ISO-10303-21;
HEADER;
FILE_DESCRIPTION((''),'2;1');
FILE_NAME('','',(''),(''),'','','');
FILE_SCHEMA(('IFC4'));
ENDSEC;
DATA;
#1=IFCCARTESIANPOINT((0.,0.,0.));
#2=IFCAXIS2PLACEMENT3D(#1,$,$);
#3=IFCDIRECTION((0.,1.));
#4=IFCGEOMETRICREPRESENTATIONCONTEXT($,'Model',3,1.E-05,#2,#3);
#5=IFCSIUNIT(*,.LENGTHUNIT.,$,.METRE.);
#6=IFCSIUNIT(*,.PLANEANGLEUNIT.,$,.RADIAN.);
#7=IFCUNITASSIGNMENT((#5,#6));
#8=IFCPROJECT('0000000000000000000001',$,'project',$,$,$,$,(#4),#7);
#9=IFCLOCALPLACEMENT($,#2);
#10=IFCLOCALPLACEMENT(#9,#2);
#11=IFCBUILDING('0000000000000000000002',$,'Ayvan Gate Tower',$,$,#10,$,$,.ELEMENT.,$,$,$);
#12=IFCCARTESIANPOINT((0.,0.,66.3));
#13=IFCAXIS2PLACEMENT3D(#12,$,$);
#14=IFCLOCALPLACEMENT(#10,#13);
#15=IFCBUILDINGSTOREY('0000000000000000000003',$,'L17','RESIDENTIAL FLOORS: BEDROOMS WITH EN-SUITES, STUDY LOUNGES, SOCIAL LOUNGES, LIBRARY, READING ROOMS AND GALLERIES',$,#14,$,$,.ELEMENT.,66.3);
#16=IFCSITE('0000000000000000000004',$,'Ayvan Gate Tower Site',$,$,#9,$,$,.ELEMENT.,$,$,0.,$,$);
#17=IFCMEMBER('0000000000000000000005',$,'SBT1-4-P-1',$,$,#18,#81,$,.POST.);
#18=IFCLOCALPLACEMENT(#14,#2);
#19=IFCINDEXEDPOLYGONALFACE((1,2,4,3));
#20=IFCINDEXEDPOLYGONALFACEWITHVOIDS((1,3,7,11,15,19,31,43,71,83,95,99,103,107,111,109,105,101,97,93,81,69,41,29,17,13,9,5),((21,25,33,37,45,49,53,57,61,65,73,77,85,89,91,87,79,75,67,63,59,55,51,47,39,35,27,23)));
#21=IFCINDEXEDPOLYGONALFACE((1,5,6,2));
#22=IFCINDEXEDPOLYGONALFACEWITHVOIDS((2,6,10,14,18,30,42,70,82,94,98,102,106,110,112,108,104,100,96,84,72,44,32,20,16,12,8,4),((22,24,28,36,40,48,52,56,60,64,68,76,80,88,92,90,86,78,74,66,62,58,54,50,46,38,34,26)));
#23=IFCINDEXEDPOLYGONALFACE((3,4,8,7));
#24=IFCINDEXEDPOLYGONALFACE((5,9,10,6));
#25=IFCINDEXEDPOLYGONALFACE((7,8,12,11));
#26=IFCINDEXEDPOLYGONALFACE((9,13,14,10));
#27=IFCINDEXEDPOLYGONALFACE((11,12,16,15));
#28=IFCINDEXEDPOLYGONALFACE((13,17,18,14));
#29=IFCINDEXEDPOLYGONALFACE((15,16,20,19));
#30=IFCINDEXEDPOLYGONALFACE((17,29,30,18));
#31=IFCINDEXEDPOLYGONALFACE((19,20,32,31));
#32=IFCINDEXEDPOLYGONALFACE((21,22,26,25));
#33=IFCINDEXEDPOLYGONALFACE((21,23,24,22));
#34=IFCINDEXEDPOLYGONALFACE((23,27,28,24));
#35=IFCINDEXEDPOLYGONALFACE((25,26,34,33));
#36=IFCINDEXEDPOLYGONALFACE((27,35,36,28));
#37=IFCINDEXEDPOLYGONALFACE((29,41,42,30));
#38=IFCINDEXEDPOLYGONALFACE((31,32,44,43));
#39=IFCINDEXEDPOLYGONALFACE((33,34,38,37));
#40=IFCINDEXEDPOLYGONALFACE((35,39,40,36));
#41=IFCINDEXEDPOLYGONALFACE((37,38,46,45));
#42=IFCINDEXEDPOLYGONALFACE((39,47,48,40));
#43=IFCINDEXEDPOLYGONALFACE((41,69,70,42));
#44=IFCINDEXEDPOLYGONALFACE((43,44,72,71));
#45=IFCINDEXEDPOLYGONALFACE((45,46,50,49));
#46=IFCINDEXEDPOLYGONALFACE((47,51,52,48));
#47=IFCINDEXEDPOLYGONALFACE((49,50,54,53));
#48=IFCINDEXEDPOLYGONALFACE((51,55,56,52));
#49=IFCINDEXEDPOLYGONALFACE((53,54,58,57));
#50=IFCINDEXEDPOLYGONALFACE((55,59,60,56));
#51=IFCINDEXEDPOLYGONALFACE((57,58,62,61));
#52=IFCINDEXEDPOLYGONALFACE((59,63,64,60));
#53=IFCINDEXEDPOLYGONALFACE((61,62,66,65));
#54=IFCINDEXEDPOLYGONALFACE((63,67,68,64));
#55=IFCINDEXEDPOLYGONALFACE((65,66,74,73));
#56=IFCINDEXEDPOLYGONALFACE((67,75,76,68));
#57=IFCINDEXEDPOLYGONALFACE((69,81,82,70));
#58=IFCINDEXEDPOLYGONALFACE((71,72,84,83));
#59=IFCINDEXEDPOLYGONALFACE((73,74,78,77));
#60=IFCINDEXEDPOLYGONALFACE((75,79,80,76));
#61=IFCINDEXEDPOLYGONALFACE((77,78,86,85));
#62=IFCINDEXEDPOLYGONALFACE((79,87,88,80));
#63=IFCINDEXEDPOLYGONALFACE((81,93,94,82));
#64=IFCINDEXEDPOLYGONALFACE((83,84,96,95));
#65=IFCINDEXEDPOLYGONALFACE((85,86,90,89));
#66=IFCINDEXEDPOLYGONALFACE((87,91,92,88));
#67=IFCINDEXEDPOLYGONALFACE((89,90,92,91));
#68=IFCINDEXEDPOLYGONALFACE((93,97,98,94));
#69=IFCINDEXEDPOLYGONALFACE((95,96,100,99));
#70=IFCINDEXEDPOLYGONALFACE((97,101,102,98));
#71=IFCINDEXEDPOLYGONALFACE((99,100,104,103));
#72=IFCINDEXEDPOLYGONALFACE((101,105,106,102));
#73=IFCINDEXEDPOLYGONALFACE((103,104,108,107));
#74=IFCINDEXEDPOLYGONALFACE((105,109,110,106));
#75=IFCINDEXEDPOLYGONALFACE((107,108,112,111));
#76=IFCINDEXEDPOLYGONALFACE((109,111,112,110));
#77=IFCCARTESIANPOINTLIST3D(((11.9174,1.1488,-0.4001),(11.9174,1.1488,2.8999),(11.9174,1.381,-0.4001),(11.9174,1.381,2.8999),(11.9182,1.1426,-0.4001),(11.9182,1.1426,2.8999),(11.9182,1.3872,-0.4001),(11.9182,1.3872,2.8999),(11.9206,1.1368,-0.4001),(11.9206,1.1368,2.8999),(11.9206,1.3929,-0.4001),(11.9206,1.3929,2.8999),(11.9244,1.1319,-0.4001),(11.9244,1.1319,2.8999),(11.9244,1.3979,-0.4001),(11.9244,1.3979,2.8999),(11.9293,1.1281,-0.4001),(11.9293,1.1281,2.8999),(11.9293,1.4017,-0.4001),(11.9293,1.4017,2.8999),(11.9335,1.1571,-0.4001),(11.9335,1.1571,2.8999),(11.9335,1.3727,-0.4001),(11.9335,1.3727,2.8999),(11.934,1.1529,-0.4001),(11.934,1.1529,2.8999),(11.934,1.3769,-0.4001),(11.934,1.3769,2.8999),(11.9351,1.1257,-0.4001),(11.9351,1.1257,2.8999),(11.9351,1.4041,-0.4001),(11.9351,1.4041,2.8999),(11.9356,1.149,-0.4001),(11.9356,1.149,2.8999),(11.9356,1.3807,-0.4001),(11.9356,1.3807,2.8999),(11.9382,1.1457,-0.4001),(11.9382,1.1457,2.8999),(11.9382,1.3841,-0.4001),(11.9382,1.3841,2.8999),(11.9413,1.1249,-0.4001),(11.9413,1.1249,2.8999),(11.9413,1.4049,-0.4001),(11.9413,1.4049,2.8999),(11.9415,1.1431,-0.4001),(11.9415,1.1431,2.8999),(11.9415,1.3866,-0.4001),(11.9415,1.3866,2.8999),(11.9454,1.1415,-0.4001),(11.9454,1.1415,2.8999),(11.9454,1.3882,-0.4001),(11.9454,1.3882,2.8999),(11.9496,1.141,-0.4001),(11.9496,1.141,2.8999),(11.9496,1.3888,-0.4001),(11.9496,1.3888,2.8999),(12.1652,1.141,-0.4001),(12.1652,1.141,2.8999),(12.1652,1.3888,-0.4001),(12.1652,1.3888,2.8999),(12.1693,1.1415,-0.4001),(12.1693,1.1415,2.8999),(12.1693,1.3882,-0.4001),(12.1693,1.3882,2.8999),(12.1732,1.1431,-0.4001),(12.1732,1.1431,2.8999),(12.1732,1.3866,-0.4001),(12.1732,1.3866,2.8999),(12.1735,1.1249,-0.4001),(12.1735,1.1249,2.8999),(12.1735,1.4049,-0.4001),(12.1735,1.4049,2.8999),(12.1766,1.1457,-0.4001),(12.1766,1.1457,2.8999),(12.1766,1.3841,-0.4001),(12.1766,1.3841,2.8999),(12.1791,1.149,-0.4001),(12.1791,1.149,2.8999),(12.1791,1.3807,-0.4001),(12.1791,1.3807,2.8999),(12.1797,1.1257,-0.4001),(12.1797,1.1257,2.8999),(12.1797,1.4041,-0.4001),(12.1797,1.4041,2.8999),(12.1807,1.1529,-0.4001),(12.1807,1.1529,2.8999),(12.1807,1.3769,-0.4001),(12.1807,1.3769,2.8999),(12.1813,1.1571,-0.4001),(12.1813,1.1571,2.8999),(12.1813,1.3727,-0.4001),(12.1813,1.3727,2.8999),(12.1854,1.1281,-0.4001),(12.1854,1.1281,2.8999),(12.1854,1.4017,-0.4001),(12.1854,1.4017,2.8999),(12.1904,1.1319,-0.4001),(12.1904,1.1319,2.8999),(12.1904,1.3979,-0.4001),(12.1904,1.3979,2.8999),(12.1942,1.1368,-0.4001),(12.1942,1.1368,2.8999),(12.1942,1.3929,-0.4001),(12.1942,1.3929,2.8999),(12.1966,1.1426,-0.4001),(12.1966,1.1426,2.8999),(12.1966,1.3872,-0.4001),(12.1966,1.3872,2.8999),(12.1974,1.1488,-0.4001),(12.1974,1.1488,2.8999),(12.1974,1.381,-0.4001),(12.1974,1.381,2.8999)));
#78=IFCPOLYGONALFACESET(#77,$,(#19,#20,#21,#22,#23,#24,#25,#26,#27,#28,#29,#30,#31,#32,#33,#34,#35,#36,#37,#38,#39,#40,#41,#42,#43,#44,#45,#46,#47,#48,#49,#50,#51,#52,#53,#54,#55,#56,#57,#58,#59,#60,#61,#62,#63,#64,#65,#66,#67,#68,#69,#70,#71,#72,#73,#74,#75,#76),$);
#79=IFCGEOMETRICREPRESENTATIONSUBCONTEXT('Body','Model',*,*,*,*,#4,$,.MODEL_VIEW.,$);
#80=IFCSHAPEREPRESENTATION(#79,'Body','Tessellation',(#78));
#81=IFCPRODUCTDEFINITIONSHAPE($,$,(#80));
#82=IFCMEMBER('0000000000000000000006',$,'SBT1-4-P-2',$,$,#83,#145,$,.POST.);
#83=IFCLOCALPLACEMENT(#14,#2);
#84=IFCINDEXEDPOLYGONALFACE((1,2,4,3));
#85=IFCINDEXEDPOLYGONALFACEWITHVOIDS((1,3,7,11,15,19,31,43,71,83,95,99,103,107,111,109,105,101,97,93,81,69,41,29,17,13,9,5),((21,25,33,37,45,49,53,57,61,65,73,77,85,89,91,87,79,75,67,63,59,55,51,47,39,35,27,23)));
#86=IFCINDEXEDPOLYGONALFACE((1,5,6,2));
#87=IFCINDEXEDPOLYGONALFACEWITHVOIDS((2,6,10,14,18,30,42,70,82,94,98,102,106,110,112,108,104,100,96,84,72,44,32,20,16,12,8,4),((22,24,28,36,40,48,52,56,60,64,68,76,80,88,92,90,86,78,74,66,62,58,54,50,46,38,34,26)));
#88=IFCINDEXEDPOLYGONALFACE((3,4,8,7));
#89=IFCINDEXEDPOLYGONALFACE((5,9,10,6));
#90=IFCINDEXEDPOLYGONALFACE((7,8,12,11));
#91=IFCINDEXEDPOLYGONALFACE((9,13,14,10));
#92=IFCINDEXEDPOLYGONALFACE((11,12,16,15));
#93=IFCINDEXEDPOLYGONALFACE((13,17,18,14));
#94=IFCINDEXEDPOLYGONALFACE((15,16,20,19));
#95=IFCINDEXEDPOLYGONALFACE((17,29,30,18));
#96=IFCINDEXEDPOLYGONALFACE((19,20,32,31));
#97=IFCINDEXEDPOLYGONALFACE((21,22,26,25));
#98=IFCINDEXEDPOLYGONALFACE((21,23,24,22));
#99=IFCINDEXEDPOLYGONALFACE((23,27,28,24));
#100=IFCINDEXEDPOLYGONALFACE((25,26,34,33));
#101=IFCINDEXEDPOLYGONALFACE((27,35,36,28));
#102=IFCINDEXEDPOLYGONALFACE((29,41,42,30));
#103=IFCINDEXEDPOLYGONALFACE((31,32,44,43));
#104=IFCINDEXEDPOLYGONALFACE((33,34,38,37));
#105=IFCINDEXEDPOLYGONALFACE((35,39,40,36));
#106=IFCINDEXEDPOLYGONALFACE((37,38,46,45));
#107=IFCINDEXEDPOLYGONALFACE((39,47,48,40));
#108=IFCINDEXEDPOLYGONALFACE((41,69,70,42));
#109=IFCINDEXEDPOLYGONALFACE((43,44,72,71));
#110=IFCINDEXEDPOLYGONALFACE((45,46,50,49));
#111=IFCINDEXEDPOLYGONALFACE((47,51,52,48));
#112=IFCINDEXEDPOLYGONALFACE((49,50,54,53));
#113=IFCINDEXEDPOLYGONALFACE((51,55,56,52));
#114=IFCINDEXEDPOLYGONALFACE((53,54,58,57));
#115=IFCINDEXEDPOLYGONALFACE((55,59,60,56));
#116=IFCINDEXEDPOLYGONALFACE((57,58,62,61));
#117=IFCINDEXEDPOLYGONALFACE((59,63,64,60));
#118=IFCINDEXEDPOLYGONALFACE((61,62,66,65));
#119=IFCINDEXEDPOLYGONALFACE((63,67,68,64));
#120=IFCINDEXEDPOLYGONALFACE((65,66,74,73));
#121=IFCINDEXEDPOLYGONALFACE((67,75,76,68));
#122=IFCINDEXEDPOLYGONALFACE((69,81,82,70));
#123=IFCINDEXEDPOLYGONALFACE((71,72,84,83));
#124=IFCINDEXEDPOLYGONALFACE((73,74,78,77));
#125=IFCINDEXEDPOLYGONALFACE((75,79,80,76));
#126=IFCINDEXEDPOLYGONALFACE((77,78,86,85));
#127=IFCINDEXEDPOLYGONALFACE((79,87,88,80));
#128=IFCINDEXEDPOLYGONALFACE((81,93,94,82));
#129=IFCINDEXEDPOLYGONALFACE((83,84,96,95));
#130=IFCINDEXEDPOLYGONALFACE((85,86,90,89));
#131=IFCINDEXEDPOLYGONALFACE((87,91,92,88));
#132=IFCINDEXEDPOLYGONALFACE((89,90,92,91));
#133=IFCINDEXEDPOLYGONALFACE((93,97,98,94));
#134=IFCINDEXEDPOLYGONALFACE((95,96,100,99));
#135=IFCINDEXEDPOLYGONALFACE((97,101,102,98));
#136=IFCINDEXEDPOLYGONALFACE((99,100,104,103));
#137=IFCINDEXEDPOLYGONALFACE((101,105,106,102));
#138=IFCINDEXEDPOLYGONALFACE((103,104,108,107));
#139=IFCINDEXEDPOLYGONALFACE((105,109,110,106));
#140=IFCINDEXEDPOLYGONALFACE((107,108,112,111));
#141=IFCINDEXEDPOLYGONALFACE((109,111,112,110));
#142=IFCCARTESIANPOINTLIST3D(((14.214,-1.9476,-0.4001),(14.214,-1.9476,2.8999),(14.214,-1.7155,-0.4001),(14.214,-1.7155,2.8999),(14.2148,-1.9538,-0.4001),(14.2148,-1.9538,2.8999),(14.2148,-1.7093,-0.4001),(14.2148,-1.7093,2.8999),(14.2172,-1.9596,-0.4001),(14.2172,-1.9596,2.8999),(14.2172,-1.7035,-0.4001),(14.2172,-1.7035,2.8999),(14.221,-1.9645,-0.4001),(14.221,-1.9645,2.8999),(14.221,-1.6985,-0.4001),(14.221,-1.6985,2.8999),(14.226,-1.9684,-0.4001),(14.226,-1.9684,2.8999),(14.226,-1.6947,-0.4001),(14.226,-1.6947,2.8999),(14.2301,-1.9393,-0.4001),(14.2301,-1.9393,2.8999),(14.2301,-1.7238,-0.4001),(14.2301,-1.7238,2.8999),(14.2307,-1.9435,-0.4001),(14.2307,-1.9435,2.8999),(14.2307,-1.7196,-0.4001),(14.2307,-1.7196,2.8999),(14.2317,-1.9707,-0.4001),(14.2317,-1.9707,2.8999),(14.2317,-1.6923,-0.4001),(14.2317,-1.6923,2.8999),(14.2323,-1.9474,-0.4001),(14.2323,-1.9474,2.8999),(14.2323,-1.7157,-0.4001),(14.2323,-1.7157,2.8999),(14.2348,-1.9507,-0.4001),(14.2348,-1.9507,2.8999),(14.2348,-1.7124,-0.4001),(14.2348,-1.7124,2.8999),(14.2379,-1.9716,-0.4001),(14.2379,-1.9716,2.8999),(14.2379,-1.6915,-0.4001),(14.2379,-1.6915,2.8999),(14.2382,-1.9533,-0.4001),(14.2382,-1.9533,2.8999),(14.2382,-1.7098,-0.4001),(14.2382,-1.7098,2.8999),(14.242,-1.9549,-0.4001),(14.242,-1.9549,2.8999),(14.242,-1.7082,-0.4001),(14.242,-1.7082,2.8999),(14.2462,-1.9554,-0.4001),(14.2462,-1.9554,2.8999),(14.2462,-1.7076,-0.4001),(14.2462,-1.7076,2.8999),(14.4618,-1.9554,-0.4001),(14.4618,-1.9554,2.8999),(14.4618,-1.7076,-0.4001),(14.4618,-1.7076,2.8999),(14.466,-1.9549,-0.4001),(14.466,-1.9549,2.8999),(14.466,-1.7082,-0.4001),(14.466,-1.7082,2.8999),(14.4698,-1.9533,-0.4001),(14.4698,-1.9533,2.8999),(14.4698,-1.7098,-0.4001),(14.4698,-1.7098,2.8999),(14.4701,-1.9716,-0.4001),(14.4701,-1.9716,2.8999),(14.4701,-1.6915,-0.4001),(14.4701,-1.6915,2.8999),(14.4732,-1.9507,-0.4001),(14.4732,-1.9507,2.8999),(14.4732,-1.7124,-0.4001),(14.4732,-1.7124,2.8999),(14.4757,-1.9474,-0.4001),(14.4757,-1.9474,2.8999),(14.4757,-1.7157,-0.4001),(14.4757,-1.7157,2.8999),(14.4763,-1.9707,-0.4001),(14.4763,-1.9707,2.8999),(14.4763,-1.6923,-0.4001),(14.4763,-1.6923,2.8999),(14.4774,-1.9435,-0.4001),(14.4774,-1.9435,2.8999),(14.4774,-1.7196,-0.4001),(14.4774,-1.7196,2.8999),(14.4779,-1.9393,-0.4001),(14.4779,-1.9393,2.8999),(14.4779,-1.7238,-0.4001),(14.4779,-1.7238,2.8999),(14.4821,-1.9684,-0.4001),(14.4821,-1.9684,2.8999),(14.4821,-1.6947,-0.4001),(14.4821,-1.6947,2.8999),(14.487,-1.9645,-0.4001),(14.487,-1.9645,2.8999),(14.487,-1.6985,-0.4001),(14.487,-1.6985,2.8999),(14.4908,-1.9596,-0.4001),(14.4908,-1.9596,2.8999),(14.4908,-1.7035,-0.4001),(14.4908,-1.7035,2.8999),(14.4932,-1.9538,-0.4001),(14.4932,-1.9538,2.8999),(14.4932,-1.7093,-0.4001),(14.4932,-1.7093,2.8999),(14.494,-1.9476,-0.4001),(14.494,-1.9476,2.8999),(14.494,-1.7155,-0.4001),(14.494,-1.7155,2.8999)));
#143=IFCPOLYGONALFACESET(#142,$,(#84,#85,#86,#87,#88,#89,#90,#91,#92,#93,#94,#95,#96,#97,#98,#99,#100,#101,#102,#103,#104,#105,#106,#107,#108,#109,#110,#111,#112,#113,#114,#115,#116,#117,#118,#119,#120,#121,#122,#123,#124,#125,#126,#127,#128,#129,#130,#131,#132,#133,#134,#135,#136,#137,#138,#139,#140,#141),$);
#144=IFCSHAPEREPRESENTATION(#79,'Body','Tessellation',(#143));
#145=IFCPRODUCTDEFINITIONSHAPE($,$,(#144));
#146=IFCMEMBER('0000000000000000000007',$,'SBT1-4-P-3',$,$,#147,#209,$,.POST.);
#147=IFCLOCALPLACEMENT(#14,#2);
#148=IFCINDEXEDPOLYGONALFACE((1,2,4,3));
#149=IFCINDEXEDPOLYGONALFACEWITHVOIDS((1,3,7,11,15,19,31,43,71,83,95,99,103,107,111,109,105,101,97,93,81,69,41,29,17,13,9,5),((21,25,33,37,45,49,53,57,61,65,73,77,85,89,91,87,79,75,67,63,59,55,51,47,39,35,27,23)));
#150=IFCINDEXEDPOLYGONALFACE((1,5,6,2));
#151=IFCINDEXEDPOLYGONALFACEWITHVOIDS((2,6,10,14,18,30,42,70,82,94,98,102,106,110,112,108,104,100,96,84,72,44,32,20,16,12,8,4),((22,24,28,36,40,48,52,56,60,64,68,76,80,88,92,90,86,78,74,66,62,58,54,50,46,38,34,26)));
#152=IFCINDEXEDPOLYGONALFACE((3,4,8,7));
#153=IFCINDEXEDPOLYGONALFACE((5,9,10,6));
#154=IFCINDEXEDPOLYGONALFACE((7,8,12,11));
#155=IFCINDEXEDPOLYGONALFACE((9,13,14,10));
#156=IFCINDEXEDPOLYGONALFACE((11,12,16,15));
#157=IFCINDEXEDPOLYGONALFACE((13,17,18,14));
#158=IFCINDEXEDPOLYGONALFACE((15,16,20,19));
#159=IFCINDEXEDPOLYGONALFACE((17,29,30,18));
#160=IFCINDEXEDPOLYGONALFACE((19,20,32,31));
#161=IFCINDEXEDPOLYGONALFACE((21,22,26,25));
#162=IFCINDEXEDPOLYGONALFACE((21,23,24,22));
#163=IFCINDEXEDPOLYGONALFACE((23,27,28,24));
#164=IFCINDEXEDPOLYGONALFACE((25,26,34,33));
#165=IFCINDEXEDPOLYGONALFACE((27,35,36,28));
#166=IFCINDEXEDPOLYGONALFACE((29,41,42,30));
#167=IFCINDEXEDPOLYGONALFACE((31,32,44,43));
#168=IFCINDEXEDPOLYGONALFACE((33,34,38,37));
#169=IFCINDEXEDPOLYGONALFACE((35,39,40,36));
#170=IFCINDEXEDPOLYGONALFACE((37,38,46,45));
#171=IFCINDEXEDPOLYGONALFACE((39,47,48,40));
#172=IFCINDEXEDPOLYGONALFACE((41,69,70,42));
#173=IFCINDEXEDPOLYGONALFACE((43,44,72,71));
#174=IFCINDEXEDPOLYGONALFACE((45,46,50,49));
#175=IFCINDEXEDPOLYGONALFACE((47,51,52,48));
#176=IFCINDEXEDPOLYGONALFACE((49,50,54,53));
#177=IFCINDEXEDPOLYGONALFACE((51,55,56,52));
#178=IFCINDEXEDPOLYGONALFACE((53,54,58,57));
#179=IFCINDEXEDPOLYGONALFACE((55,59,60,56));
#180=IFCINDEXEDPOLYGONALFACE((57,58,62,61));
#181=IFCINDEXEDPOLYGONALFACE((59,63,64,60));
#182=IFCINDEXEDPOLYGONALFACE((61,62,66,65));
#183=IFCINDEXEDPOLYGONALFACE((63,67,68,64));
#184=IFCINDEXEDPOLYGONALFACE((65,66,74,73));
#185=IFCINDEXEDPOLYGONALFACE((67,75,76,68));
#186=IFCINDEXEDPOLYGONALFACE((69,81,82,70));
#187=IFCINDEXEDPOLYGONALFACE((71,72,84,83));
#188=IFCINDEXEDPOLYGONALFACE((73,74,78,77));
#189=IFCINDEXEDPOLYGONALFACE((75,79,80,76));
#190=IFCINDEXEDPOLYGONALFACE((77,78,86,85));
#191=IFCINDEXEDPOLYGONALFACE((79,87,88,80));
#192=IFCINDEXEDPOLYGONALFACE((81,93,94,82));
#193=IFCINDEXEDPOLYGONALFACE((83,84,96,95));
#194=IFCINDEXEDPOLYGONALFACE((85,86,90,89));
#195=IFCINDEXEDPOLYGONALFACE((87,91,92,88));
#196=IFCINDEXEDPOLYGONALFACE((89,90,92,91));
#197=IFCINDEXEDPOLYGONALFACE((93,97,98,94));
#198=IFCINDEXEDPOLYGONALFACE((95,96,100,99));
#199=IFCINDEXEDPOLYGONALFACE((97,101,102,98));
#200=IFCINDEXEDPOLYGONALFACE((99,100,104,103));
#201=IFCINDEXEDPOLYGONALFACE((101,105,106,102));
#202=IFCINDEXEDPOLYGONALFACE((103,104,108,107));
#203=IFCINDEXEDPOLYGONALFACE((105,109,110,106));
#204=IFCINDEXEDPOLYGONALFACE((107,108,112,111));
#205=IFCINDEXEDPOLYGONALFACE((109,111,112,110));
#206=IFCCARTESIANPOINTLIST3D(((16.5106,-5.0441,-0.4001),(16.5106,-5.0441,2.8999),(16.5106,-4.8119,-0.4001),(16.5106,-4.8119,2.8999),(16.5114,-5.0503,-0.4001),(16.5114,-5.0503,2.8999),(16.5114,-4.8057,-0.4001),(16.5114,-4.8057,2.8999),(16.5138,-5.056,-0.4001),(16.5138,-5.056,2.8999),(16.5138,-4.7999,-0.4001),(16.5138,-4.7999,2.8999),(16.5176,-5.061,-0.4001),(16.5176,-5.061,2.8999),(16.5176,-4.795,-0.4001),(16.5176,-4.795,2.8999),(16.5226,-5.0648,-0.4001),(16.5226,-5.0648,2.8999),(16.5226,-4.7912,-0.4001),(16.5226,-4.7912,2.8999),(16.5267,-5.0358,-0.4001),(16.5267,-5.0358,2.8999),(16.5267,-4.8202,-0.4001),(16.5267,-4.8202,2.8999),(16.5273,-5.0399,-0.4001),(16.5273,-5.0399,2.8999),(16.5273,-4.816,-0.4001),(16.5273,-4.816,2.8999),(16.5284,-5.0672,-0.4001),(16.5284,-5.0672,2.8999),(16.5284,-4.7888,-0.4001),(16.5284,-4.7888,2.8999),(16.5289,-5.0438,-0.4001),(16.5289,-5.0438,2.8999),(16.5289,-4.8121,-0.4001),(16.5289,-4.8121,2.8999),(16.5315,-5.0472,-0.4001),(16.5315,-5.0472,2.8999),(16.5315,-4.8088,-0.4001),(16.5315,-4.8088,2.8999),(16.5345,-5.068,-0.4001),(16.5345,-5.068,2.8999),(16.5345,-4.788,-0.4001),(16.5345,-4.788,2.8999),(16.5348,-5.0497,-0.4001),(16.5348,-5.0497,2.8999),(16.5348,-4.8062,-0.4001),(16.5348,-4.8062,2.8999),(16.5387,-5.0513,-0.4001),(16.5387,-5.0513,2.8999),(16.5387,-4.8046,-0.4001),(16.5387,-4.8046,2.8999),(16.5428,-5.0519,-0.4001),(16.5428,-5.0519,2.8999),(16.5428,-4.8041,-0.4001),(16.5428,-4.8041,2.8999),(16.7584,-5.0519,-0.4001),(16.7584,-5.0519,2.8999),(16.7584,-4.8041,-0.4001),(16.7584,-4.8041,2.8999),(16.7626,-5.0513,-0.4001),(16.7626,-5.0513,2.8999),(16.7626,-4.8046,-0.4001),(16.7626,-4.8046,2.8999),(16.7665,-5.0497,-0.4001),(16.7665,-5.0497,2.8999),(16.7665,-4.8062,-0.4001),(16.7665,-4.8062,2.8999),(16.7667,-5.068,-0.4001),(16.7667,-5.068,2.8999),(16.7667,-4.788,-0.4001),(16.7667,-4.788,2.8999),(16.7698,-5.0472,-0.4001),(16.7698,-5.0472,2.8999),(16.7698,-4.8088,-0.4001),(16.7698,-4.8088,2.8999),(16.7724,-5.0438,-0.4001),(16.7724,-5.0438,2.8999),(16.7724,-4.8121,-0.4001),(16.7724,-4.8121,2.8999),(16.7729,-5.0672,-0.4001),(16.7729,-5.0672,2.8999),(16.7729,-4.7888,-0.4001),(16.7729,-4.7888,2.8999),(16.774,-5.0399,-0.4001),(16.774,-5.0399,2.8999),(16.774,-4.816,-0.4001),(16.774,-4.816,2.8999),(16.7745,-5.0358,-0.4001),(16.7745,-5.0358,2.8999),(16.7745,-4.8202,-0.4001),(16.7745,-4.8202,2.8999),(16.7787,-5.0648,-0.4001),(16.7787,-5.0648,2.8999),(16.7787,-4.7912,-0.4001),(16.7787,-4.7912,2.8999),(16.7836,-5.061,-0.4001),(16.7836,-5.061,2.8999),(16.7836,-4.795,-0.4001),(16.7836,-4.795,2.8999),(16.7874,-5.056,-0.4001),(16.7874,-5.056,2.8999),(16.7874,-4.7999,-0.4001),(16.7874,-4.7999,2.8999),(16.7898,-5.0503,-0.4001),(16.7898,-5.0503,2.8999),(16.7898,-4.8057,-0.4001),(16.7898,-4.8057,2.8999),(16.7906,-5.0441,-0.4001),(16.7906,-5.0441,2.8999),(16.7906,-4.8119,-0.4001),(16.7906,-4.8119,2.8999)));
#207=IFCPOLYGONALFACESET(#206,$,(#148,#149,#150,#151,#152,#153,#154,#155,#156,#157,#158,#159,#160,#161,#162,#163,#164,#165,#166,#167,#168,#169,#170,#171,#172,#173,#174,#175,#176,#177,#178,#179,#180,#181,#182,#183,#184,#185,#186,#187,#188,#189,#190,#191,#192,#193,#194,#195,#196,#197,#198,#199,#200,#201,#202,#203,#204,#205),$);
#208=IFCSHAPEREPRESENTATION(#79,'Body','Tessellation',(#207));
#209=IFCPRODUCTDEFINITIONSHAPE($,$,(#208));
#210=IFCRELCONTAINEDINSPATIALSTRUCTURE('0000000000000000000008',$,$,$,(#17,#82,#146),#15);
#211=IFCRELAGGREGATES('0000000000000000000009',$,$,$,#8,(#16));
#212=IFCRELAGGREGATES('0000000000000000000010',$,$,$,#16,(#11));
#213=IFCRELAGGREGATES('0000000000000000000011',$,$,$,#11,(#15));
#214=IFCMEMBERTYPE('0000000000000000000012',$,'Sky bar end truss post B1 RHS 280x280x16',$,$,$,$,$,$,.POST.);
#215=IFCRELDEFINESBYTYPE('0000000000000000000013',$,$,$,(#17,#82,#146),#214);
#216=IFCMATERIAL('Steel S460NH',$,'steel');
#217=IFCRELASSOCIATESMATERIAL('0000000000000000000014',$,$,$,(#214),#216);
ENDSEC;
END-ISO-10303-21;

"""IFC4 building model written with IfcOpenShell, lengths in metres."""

from ifc_helpers import new_model, si_unit, direction, frame, origin, origin_2d, place, context, subcontext, project, spatial, hollow_rectangle, extrude, material, material_profile, profile_set, type_object, element, save


model = new_model("IFC4")

# Units and contexts
model_context = context("Model", 3, precision=1e-05, world=origin(), true_north=direction((0.0, 1.0)))
body_context = subcontext(model_context, "Body", "Model", "MODEL_VIEW")
ifc_project = project(units=[si_unit("LENGTHUNIT", "METRE"), si_unit("PLANEANGLEUNIT", "RADIAN")], contexts=[model_context])

# Site, building, storey
site_placement = place(None, origin())
site = spatial("IfcSite", under=ifc_project, at=site_placement, Name="Ayvan Gate Tower Site", CompositionType="ELEMENT", RefElevation=0.0)
building_placement = place(site_placement, origin())
building = spatial("IfcBuilding", under=site, at=building_placement, Name="Ayvan Gate Tower", CompositionType="ELEMENT")
storey_placement = place(building_placement, frame((0.0, 0.0, 66.3)))
storey = spatial("IfcBuildingStorey", under=building, at=storey_placement, Name="L17", Description="RESIDENTIAL FLOORS: BEDROOMS WITH EN-SUITES, STUDY LOUNGES, SOCIAL LOUNGES, LIBRARY, READING ROOMS AND GALLERIES", CompositionType="ELEMENT", Elevation=66.3)

# Members
ifc_material_1 = material(Name="Steel S460NH", Category="steel")
ifc_material_profile_1 = material_profile(ifc_material_1, hollow_rectangle(XDim=0.28, YDim=0.28, WallThickness=0.0161, InnerFilletRadius=0.0161, OuterFilletRadius=0.0239, at=origin_2d()), Name="RHS 280x280x16")
ifc_profile_set_1 = profile_set([ifc_material_profile_1], Name="Steel S460NH")
member_type_1 = type_object("IfcMemberType", Name="Sky bar end truss post B1 RHS 280x280x16", PredefinedType="POST", material=ifc_profile_set_1)
for number, where, z_axis, x_axis, name in (
    (1, (12.0574, 1.2649, -0.4001), (0.0, 0.0, 1.0), (1.0, 0.0, 0.0), "SBT1-4-P-1"),
    (2, (14.354, -1.8315, -0.4001), (0.0, 0.0, 1.0), (1.0, 0.0, 0.0), "SBT1-4-P-2"),
    (3, (16.6506, -4.928, -0.4001), (0.0, 0.0, 1.0), (1.0, 0.0, 0.0), "SBT1-4-P-3"),
):
    element("IfcMember", number, at=place(storey_placement, frame(where, z_axis=z_axis, x_axis=x_axis)), inside=storey, type_object=member_type_1, Name=name, PredefinedType="POST", context=body_context, shape_type="SweptSolid", body=[
        extrude(hollow_rectangle(XDim=0.28, YDim=0.28, WallThickness=0.0161, InnerFilletRadius=0.0161, OuterFilletRadius=0.0239, at=origin_2d()), origin(), (0.0, 0.0, 1.0), 3.3),
    ])

save(model, "model.ifc")
